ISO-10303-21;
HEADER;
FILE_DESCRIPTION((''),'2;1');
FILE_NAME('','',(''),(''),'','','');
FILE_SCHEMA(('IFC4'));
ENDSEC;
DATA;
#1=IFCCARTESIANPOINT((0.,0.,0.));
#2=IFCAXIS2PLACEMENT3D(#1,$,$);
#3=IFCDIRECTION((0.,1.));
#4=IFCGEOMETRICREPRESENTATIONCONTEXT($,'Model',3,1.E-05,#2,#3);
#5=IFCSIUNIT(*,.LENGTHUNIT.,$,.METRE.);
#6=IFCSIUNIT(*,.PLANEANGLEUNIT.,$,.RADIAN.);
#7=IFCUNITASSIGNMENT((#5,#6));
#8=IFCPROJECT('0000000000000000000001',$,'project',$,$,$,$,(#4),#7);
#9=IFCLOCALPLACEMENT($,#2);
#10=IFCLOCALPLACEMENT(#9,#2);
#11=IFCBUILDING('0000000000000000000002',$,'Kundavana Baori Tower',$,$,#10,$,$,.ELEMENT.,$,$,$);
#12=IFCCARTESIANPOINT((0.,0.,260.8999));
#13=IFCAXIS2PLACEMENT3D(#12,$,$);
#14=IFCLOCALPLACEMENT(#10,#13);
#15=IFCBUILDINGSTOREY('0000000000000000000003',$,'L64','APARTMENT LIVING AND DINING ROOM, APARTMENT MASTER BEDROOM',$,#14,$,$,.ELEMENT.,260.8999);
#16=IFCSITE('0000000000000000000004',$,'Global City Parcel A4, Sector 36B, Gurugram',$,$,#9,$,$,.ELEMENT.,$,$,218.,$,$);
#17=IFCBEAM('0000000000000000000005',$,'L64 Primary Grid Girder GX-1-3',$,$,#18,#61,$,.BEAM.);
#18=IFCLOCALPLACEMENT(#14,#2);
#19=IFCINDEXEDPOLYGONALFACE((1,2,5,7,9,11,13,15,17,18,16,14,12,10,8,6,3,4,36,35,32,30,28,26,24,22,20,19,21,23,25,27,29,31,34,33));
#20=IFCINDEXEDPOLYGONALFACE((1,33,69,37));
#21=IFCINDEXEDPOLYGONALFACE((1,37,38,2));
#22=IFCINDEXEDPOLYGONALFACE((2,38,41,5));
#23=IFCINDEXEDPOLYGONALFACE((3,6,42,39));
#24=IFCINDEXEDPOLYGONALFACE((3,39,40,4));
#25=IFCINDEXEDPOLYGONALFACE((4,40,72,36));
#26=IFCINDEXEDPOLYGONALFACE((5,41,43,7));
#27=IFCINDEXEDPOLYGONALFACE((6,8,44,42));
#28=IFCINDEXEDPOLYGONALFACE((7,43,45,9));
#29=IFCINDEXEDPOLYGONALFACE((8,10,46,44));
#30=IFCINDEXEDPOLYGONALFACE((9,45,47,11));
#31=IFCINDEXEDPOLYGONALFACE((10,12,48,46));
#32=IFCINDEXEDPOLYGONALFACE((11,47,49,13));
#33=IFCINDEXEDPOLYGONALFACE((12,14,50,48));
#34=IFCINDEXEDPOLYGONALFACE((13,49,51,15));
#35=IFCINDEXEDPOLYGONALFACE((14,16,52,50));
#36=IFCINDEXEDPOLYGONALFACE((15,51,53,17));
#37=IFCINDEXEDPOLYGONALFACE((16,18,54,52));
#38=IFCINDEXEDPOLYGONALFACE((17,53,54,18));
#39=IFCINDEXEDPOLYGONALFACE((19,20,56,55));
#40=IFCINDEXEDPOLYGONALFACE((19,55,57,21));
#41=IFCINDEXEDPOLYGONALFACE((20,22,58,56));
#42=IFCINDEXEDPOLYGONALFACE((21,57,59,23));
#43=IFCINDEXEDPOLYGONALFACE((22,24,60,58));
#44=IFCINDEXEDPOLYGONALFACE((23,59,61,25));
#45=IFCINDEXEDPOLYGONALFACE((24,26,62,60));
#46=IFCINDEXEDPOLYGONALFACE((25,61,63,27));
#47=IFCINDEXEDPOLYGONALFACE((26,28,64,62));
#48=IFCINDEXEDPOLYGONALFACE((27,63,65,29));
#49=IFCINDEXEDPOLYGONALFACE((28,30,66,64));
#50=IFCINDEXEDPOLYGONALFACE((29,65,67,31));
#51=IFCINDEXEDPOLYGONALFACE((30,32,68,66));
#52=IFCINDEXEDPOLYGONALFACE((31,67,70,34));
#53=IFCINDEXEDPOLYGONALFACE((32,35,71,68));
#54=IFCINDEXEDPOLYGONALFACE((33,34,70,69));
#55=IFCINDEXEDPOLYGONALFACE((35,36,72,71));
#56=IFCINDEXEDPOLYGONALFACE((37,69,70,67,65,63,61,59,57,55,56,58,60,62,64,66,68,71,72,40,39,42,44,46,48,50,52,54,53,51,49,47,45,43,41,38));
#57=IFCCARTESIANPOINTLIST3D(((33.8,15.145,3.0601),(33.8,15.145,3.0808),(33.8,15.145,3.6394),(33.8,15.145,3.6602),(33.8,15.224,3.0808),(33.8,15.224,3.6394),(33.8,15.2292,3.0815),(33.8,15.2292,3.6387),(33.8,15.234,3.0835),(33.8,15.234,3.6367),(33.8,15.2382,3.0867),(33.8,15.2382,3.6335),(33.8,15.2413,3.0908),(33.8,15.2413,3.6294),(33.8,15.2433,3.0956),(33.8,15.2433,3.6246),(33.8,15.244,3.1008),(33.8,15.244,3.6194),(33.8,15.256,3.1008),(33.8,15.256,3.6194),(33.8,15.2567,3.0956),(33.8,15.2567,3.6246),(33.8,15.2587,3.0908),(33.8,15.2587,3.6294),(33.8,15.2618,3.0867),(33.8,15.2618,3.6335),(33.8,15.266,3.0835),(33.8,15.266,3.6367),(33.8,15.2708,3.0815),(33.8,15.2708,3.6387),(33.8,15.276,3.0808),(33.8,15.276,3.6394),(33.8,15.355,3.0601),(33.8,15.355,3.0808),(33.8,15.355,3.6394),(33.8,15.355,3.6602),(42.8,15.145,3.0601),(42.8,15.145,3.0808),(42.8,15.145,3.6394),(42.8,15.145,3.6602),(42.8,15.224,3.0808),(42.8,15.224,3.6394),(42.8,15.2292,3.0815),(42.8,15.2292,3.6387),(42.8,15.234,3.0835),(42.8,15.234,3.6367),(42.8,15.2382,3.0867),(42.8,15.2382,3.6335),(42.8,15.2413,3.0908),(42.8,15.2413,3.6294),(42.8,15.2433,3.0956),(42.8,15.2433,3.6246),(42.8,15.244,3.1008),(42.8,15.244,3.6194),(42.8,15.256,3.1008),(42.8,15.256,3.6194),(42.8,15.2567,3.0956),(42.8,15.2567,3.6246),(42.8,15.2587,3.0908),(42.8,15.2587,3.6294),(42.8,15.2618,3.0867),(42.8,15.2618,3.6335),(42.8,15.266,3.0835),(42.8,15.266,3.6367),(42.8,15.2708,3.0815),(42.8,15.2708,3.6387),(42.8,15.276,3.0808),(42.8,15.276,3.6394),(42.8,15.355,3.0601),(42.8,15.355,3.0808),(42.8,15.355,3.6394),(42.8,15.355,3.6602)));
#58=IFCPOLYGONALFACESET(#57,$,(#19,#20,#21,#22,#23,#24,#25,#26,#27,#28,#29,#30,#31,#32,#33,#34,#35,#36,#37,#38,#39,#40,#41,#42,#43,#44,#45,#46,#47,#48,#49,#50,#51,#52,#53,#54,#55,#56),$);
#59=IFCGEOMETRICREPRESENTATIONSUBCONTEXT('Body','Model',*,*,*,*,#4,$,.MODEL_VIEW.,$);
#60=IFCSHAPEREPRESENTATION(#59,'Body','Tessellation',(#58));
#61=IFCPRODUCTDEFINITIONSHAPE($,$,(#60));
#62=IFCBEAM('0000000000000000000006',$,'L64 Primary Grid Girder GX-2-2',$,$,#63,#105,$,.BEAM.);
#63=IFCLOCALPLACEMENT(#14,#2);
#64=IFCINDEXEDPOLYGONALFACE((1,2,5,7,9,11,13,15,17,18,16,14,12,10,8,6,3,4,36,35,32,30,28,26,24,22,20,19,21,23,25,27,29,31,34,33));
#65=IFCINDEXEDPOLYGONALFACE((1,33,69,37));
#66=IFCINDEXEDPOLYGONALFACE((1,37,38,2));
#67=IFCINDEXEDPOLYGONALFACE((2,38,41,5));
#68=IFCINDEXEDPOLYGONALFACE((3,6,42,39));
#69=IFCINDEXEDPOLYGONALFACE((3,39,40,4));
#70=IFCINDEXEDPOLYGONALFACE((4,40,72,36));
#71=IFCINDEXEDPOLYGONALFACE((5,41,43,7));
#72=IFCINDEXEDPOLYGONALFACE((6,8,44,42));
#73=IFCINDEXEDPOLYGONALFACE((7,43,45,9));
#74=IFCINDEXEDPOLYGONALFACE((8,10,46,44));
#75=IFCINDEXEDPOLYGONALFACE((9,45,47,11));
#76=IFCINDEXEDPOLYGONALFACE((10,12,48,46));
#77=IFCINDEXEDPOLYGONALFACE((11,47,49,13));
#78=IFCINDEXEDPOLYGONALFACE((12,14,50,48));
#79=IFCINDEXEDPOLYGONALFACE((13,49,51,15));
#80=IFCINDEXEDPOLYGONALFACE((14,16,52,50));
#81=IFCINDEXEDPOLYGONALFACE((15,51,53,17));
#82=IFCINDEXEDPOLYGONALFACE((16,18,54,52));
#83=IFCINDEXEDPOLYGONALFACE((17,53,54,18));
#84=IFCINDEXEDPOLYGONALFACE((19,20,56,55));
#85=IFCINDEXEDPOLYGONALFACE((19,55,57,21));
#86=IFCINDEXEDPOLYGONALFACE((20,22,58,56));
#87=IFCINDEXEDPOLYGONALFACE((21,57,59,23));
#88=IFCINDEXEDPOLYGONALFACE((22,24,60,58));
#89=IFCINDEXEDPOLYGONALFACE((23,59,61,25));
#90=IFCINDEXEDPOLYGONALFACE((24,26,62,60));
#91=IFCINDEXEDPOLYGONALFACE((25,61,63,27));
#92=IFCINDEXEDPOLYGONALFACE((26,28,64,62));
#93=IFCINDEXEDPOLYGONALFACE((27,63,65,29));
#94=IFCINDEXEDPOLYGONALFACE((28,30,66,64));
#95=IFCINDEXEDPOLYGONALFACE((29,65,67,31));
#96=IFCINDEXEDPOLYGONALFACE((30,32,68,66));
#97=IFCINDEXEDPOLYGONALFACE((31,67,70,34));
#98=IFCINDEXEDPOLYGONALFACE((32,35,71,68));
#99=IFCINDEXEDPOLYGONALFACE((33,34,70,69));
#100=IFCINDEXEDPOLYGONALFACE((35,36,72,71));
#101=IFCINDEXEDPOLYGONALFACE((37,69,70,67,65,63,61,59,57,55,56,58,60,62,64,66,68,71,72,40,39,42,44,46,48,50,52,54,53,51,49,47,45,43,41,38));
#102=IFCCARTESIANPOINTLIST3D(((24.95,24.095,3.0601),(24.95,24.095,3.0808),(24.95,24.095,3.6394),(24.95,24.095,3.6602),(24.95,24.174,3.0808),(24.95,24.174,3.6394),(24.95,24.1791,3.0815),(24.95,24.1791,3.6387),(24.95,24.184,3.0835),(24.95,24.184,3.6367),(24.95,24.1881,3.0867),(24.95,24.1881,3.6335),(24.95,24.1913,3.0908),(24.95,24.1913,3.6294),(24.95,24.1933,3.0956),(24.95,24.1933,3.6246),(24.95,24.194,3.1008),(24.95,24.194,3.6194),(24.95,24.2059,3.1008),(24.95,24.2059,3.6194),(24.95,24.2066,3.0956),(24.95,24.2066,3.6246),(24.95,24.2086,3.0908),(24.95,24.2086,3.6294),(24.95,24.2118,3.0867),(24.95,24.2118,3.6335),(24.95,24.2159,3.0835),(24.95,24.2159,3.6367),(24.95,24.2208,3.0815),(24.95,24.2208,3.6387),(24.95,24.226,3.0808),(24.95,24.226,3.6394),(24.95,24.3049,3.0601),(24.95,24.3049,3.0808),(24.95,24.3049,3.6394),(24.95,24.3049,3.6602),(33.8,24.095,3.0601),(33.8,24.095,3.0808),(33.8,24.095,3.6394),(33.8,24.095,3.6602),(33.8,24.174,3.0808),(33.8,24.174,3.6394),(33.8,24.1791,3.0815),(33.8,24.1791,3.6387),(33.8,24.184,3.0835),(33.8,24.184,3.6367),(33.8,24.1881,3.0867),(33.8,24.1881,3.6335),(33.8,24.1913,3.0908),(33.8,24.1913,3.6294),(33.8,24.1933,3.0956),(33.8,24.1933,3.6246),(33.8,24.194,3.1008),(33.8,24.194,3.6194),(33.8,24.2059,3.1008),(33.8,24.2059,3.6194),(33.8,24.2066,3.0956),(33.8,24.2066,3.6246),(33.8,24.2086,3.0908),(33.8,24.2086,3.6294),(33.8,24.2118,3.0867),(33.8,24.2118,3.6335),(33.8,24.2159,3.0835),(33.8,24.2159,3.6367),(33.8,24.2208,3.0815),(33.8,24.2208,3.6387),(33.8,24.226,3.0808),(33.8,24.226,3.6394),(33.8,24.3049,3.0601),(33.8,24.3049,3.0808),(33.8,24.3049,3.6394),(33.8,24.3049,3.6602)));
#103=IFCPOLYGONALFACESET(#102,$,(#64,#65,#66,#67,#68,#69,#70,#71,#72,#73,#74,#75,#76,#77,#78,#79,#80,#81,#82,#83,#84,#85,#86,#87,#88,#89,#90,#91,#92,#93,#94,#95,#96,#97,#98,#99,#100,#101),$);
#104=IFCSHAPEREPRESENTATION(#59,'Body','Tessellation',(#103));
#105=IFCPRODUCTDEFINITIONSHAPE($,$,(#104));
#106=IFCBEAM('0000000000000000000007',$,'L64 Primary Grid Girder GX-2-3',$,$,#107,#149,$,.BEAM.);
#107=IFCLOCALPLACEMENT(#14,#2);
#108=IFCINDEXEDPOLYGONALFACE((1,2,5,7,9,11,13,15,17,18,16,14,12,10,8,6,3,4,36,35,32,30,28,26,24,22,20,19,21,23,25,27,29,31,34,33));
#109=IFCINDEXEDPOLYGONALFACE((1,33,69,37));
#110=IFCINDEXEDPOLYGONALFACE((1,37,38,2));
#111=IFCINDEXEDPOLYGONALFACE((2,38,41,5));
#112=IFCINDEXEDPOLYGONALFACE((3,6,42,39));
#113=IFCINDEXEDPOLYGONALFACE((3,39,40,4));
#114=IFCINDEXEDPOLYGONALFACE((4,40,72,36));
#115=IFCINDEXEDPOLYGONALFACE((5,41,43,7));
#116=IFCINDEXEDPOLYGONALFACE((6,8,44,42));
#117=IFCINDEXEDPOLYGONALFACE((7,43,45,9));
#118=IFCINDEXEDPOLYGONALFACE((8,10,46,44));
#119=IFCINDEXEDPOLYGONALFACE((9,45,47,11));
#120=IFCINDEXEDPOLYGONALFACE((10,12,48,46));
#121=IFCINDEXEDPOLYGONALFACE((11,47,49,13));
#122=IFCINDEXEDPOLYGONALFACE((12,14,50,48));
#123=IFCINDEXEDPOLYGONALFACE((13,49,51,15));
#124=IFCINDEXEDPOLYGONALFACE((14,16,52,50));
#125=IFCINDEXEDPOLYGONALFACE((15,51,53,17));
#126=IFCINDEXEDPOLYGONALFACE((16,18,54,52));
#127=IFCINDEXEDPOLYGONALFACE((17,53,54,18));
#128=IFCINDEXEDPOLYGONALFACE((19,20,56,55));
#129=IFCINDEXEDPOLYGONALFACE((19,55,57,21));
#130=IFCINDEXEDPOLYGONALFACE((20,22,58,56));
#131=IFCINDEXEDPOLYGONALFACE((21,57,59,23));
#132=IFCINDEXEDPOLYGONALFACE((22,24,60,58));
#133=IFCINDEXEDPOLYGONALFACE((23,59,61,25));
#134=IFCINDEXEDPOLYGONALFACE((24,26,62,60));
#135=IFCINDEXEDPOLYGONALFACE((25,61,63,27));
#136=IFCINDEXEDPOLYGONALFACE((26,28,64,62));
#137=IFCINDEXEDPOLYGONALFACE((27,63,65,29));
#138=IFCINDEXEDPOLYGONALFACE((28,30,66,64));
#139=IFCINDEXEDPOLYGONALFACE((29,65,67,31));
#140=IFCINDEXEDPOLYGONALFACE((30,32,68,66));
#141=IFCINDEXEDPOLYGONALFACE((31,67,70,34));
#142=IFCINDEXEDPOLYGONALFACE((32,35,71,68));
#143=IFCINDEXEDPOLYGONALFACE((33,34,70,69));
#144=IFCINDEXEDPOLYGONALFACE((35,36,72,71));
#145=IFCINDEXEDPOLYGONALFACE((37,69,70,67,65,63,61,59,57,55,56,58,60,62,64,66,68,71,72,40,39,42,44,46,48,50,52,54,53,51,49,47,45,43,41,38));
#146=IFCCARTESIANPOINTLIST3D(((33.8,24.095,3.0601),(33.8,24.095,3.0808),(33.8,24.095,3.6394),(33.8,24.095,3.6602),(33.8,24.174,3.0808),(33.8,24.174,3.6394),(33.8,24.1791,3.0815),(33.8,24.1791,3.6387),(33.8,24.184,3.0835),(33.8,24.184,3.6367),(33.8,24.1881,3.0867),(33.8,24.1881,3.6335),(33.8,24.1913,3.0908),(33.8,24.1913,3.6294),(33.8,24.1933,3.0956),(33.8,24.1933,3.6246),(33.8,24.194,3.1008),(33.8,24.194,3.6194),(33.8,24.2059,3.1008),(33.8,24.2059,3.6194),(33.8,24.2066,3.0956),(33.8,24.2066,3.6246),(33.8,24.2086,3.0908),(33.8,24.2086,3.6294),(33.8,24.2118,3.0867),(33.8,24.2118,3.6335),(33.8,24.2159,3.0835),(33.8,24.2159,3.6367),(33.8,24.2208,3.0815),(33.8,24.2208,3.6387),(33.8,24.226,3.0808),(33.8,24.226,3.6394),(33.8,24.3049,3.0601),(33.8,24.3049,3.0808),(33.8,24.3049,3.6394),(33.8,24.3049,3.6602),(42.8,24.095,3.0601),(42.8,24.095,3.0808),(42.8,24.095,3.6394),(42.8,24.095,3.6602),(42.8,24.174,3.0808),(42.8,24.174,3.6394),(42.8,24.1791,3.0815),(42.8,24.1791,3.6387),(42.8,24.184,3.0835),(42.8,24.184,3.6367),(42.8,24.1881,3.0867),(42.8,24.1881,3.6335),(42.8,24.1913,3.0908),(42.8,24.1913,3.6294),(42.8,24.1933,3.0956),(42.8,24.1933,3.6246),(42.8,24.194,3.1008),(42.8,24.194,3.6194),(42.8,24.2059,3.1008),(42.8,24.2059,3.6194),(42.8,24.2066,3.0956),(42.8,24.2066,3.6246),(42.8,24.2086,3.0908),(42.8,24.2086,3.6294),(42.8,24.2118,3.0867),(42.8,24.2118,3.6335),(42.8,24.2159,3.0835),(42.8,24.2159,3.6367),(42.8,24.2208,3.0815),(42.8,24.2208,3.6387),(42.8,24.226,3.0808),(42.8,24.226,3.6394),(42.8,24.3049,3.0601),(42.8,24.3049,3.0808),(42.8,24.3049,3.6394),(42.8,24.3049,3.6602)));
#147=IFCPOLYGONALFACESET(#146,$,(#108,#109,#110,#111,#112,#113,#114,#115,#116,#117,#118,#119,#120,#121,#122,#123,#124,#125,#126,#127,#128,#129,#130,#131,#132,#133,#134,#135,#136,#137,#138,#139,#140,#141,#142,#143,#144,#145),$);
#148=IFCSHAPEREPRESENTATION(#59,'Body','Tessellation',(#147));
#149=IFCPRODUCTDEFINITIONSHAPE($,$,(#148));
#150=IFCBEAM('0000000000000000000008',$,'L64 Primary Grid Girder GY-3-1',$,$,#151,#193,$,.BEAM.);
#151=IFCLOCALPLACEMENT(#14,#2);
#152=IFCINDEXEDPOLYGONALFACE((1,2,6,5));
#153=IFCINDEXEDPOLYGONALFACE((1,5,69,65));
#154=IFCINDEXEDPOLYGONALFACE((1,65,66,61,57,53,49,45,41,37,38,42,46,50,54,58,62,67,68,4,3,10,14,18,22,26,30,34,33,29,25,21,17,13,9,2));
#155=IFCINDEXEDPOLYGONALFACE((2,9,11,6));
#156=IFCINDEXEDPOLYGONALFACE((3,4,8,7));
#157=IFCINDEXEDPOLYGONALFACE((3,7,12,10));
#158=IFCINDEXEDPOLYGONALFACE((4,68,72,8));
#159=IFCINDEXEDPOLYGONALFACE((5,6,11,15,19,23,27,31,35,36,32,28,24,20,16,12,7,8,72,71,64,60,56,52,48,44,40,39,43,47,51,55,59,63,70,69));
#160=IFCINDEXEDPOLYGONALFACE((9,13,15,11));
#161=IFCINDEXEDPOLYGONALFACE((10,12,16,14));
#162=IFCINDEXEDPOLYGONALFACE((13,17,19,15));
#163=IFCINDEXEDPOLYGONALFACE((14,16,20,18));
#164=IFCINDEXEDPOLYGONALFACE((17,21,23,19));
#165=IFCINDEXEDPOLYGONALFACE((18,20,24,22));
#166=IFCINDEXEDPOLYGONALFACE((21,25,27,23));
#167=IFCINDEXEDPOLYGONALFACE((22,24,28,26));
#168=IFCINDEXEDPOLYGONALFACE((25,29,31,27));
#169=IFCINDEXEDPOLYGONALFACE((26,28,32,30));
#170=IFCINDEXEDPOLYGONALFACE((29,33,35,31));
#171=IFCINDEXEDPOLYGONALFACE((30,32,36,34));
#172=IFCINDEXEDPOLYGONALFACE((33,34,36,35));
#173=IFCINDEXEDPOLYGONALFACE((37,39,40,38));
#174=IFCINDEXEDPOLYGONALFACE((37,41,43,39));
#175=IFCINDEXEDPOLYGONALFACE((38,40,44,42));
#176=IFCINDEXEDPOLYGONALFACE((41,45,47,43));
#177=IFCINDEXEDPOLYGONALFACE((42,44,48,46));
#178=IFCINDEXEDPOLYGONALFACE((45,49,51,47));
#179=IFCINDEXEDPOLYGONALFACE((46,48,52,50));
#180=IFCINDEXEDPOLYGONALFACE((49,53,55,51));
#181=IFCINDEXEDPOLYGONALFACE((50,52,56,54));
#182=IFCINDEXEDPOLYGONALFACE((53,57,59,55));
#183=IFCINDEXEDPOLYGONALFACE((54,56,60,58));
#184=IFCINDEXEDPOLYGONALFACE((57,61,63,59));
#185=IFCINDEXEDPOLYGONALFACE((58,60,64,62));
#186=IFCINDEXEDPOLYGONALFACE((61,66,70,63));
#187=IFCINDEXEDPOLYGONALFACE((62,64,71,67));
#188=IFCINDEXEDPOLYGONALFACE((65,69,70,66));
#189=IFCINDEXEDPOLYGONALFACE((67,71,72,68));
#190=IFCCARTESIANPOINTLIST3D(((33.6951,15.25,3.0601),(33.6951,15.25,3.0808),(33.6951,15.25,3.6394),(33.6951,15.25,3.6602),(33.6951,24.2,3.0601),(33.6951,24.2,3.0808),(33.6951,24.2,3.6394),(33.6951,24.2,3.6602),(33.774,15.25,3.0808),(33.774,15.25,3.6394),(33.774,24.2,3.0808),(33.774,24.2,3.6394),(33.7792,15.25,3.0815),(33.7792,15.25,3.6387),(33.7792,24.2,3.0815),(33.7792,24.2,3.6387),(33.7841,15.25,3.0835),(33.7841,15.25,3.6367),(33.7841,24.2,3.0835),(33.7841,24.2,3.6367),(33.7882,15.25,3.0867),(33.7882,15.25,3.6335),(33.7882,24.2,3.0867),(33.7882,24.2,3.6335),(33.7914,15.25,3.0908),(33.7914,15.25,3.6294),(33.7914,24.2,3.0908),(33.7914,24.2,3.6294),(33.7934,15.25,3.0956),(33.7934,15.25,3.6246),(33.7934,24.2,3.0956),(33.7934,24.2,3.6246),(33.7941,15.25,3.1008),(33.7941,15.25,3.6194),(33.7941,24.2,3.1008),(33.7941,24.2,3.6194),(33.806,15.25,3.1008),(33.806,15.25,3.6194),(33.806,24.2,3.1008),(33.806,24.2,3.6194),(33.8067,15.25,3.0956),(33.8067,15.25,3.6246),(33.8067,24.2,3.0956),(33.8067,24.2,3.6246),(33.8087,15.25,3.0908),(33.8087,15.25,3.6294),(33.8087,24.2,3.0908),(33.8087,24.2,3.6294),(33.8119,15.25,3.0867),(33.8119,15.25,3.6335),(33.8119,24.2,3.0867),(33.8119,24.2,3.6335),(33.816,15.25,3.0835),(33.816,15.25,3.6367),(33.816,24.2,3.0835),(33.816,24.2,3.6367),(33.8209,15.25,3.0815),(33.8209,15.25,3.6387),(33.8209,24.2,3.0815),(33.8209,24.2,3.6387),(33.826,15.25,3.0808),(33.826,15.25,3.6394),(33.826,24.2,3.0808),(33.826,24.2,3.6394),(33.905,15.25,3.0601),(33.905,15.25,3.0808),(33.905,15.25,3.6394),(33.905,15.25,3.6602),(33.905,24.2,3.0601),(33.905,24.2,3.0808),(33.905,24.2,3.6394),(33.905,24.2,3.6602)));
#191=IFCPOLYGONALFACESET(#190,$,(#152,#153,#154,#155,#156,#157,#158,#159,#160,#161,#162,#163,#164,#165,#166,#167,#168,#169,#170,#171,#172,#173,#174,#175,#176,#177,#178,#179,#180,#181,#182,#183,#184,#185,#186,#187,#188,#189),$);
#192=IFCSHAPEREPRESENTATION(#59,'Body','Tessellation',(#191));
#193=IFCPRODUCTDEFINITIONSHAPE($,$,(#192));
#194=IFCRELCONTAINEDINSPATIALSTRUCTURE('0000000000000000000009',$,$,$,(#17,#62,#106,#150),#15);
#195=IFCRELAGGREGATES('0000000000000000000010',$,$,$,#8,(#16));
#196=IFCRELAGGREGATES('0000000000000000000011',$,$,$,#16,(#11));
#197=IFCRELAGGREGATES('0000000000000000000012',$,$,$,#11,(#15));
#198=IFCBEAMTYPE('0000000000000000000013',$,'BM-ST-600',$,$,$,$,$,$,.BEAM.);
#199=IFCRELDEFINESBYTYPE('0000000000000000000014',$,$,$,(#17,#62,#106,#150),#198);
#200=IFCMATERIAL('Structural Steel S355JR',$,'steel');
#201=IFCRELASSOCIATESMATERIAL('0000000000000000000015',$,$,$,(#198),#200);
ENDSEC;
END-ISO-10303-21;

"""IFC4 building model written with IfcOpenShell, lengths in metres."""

from ifc_helpers import new_model, si_unit, direction, frame, origin, origin_2d, place, context, subcontext, project, spatial, i_section, extrude, material, material_profile, profile_set, type_object, element, save


model = new_model("IFC4")

# Units and contexts
model_context = context("Model", 3, precision=1e-05, world=origin(), true_north=direction((0.0, 1.0)))
body_context = subcontext(model_context, "Body", "Model", "MODEL_VIEW")
ifc_project = project(units=[si_unit("LENGTHUNIT", "METRE"), si_unit("PLANEANGLEUNIT", "RADIAN")], contexts=[model_context])

# Site, building, storey
site_placement = place(None, origin())
site = spatial("IfcSite", under=ifc_project, at=site_placement, Name="Global City Parcel A4, Sector 36B, Gurugram", CompositionType="ELEMENT", RefElevation=218.0)
building_placement = place(site_placement, origin())
building = spatial("IfcBuilding", under=site, at=building_placement, Name="Kundavana Baori Tower", CompositionType="ELEMENT")
storey_placement = place(building_placement, frame((0.0, 0.0, 260.8999)))
storey = spatial("IfcBuildingStorey", under=building, at=storey_placement, Name="L64", Description="APARTMENT LIVING AND DINING ROOM, APARTMENT MASTER BEDROOM", CompositionType="ELEMENT", Elevation=260.8999)

# Beams
ifc_material_1 = material(Name="Structural Steel S355JR", Category="steel")
ifc_material_profile_1 = material_profile(ifc_material_1, i_section(OverallWidth=0.21, OverallDepth=0.6001, WebThickness=0.012, FlangeThickness=0.0208, FilletRadius=0.02, at=origin_2d()), Name="ISMB 600")
ifc_profile_set_1 = profile_set([ifc_material_profile_1], Name="Structural Steel S355JR")
beam_type_1 = type_object("IfcBeamType", Name="BM-ST-600", PredefinedType="BEAM", material=ifc_profile_set_1)
beam_1_placement = place(storey_placement, frame((33.8, 15.25, 3.3601), z_axis=(1.0, 0.0, 0.0), x_axis=(0.0, 1.0, 0.0)))
element("IfcBeam", 1, at=beam_1_placement, inside=storey, type_object=beam_type_1, Name="L64 Primary Grid Girder GX-1-3", PredefinedType="BEAM", context=body_context, shape_type="SweptSolid", body=[
    extrude(i_section(OverallWidth=0.21, OverallDepth=0.6001, WebThickness=0.012, FlangeThickness=0.0208, FilletRadius=0.02, at=origin_2d()), origin(), (0.0, 0.0, 1.0), 9.0),
])
beam_2_placement = place(storey_placement, frame((24.95, 24.2, 3.3601), z_axis=(1.0, 0.0, 0.0), x_axis=(0.0, 1.0, 0.0)))
element("IfcBeam", 2, at=beam_2_placement, inside=storey, type_object=beam_type_1, Name="L64 Primary Grid Girder GX-2-2", PredefinedType="BEAM", context=body_context, shape_type="SweptSolid", body=[
    extrude(i_section(OverallWidth=0.21, OverallDepth=0.6001, WebThickness=0.012, FlangeThickness=0.0208, FilletRadius=0.02, at=origin_2d()), origin(), (0.0, 0.0, 1.0), 8.8501),
])
beam_3_placement = place(storey_placement, frame((33.8, 24.2, 3.3601), z_axis=(1.0, 0.0, 0.0), x_axis=(0.0, 1.0, 0.0)))
element("IfcBeam", 3, at=beam_3_placement, inside=storey, type_object=beam_type_1, Name="L64 Primary Grid Girder GX-2-3", PredefinedType="BEAM", context=body_context, shape_type="SweptSolid", body=[
    extrude(i_section(OverallWidth=0.21, OverallDepth=0.6001, WebThickness=0.012, FlangeThickness=0.0208, FilletRadius=0.02, at=origin_2d()), origin(), (0.0, 0.0, 1.0), 9.0),
])
beam_4_placement = place(storey_placement, frame((33.8, 15.25, 3.3601), z_axis=(0.0, 1.0, 0.0), x_axis=(-1.0, 0.0, 0.0)))
element("IfcBeam", 4, at=beam_4_placement, inside=storey, type_object=beam_type_1, Name="L64 Primary Grid Girder GY-3-1", PredefinedType="BEAM", context=body_context, shape_type="SweptSolid", body=[
    extrude(i_section(OverallWidth=0.21, OverallDepth=0.6001, WebThickness=0.012, FlangeThickness=0.0208, FilletRadius=0.02, at=origin_2d()), origin(), (0.0, 0.0, 1.0), 8.95),
])

save(model, "model.ifc")
